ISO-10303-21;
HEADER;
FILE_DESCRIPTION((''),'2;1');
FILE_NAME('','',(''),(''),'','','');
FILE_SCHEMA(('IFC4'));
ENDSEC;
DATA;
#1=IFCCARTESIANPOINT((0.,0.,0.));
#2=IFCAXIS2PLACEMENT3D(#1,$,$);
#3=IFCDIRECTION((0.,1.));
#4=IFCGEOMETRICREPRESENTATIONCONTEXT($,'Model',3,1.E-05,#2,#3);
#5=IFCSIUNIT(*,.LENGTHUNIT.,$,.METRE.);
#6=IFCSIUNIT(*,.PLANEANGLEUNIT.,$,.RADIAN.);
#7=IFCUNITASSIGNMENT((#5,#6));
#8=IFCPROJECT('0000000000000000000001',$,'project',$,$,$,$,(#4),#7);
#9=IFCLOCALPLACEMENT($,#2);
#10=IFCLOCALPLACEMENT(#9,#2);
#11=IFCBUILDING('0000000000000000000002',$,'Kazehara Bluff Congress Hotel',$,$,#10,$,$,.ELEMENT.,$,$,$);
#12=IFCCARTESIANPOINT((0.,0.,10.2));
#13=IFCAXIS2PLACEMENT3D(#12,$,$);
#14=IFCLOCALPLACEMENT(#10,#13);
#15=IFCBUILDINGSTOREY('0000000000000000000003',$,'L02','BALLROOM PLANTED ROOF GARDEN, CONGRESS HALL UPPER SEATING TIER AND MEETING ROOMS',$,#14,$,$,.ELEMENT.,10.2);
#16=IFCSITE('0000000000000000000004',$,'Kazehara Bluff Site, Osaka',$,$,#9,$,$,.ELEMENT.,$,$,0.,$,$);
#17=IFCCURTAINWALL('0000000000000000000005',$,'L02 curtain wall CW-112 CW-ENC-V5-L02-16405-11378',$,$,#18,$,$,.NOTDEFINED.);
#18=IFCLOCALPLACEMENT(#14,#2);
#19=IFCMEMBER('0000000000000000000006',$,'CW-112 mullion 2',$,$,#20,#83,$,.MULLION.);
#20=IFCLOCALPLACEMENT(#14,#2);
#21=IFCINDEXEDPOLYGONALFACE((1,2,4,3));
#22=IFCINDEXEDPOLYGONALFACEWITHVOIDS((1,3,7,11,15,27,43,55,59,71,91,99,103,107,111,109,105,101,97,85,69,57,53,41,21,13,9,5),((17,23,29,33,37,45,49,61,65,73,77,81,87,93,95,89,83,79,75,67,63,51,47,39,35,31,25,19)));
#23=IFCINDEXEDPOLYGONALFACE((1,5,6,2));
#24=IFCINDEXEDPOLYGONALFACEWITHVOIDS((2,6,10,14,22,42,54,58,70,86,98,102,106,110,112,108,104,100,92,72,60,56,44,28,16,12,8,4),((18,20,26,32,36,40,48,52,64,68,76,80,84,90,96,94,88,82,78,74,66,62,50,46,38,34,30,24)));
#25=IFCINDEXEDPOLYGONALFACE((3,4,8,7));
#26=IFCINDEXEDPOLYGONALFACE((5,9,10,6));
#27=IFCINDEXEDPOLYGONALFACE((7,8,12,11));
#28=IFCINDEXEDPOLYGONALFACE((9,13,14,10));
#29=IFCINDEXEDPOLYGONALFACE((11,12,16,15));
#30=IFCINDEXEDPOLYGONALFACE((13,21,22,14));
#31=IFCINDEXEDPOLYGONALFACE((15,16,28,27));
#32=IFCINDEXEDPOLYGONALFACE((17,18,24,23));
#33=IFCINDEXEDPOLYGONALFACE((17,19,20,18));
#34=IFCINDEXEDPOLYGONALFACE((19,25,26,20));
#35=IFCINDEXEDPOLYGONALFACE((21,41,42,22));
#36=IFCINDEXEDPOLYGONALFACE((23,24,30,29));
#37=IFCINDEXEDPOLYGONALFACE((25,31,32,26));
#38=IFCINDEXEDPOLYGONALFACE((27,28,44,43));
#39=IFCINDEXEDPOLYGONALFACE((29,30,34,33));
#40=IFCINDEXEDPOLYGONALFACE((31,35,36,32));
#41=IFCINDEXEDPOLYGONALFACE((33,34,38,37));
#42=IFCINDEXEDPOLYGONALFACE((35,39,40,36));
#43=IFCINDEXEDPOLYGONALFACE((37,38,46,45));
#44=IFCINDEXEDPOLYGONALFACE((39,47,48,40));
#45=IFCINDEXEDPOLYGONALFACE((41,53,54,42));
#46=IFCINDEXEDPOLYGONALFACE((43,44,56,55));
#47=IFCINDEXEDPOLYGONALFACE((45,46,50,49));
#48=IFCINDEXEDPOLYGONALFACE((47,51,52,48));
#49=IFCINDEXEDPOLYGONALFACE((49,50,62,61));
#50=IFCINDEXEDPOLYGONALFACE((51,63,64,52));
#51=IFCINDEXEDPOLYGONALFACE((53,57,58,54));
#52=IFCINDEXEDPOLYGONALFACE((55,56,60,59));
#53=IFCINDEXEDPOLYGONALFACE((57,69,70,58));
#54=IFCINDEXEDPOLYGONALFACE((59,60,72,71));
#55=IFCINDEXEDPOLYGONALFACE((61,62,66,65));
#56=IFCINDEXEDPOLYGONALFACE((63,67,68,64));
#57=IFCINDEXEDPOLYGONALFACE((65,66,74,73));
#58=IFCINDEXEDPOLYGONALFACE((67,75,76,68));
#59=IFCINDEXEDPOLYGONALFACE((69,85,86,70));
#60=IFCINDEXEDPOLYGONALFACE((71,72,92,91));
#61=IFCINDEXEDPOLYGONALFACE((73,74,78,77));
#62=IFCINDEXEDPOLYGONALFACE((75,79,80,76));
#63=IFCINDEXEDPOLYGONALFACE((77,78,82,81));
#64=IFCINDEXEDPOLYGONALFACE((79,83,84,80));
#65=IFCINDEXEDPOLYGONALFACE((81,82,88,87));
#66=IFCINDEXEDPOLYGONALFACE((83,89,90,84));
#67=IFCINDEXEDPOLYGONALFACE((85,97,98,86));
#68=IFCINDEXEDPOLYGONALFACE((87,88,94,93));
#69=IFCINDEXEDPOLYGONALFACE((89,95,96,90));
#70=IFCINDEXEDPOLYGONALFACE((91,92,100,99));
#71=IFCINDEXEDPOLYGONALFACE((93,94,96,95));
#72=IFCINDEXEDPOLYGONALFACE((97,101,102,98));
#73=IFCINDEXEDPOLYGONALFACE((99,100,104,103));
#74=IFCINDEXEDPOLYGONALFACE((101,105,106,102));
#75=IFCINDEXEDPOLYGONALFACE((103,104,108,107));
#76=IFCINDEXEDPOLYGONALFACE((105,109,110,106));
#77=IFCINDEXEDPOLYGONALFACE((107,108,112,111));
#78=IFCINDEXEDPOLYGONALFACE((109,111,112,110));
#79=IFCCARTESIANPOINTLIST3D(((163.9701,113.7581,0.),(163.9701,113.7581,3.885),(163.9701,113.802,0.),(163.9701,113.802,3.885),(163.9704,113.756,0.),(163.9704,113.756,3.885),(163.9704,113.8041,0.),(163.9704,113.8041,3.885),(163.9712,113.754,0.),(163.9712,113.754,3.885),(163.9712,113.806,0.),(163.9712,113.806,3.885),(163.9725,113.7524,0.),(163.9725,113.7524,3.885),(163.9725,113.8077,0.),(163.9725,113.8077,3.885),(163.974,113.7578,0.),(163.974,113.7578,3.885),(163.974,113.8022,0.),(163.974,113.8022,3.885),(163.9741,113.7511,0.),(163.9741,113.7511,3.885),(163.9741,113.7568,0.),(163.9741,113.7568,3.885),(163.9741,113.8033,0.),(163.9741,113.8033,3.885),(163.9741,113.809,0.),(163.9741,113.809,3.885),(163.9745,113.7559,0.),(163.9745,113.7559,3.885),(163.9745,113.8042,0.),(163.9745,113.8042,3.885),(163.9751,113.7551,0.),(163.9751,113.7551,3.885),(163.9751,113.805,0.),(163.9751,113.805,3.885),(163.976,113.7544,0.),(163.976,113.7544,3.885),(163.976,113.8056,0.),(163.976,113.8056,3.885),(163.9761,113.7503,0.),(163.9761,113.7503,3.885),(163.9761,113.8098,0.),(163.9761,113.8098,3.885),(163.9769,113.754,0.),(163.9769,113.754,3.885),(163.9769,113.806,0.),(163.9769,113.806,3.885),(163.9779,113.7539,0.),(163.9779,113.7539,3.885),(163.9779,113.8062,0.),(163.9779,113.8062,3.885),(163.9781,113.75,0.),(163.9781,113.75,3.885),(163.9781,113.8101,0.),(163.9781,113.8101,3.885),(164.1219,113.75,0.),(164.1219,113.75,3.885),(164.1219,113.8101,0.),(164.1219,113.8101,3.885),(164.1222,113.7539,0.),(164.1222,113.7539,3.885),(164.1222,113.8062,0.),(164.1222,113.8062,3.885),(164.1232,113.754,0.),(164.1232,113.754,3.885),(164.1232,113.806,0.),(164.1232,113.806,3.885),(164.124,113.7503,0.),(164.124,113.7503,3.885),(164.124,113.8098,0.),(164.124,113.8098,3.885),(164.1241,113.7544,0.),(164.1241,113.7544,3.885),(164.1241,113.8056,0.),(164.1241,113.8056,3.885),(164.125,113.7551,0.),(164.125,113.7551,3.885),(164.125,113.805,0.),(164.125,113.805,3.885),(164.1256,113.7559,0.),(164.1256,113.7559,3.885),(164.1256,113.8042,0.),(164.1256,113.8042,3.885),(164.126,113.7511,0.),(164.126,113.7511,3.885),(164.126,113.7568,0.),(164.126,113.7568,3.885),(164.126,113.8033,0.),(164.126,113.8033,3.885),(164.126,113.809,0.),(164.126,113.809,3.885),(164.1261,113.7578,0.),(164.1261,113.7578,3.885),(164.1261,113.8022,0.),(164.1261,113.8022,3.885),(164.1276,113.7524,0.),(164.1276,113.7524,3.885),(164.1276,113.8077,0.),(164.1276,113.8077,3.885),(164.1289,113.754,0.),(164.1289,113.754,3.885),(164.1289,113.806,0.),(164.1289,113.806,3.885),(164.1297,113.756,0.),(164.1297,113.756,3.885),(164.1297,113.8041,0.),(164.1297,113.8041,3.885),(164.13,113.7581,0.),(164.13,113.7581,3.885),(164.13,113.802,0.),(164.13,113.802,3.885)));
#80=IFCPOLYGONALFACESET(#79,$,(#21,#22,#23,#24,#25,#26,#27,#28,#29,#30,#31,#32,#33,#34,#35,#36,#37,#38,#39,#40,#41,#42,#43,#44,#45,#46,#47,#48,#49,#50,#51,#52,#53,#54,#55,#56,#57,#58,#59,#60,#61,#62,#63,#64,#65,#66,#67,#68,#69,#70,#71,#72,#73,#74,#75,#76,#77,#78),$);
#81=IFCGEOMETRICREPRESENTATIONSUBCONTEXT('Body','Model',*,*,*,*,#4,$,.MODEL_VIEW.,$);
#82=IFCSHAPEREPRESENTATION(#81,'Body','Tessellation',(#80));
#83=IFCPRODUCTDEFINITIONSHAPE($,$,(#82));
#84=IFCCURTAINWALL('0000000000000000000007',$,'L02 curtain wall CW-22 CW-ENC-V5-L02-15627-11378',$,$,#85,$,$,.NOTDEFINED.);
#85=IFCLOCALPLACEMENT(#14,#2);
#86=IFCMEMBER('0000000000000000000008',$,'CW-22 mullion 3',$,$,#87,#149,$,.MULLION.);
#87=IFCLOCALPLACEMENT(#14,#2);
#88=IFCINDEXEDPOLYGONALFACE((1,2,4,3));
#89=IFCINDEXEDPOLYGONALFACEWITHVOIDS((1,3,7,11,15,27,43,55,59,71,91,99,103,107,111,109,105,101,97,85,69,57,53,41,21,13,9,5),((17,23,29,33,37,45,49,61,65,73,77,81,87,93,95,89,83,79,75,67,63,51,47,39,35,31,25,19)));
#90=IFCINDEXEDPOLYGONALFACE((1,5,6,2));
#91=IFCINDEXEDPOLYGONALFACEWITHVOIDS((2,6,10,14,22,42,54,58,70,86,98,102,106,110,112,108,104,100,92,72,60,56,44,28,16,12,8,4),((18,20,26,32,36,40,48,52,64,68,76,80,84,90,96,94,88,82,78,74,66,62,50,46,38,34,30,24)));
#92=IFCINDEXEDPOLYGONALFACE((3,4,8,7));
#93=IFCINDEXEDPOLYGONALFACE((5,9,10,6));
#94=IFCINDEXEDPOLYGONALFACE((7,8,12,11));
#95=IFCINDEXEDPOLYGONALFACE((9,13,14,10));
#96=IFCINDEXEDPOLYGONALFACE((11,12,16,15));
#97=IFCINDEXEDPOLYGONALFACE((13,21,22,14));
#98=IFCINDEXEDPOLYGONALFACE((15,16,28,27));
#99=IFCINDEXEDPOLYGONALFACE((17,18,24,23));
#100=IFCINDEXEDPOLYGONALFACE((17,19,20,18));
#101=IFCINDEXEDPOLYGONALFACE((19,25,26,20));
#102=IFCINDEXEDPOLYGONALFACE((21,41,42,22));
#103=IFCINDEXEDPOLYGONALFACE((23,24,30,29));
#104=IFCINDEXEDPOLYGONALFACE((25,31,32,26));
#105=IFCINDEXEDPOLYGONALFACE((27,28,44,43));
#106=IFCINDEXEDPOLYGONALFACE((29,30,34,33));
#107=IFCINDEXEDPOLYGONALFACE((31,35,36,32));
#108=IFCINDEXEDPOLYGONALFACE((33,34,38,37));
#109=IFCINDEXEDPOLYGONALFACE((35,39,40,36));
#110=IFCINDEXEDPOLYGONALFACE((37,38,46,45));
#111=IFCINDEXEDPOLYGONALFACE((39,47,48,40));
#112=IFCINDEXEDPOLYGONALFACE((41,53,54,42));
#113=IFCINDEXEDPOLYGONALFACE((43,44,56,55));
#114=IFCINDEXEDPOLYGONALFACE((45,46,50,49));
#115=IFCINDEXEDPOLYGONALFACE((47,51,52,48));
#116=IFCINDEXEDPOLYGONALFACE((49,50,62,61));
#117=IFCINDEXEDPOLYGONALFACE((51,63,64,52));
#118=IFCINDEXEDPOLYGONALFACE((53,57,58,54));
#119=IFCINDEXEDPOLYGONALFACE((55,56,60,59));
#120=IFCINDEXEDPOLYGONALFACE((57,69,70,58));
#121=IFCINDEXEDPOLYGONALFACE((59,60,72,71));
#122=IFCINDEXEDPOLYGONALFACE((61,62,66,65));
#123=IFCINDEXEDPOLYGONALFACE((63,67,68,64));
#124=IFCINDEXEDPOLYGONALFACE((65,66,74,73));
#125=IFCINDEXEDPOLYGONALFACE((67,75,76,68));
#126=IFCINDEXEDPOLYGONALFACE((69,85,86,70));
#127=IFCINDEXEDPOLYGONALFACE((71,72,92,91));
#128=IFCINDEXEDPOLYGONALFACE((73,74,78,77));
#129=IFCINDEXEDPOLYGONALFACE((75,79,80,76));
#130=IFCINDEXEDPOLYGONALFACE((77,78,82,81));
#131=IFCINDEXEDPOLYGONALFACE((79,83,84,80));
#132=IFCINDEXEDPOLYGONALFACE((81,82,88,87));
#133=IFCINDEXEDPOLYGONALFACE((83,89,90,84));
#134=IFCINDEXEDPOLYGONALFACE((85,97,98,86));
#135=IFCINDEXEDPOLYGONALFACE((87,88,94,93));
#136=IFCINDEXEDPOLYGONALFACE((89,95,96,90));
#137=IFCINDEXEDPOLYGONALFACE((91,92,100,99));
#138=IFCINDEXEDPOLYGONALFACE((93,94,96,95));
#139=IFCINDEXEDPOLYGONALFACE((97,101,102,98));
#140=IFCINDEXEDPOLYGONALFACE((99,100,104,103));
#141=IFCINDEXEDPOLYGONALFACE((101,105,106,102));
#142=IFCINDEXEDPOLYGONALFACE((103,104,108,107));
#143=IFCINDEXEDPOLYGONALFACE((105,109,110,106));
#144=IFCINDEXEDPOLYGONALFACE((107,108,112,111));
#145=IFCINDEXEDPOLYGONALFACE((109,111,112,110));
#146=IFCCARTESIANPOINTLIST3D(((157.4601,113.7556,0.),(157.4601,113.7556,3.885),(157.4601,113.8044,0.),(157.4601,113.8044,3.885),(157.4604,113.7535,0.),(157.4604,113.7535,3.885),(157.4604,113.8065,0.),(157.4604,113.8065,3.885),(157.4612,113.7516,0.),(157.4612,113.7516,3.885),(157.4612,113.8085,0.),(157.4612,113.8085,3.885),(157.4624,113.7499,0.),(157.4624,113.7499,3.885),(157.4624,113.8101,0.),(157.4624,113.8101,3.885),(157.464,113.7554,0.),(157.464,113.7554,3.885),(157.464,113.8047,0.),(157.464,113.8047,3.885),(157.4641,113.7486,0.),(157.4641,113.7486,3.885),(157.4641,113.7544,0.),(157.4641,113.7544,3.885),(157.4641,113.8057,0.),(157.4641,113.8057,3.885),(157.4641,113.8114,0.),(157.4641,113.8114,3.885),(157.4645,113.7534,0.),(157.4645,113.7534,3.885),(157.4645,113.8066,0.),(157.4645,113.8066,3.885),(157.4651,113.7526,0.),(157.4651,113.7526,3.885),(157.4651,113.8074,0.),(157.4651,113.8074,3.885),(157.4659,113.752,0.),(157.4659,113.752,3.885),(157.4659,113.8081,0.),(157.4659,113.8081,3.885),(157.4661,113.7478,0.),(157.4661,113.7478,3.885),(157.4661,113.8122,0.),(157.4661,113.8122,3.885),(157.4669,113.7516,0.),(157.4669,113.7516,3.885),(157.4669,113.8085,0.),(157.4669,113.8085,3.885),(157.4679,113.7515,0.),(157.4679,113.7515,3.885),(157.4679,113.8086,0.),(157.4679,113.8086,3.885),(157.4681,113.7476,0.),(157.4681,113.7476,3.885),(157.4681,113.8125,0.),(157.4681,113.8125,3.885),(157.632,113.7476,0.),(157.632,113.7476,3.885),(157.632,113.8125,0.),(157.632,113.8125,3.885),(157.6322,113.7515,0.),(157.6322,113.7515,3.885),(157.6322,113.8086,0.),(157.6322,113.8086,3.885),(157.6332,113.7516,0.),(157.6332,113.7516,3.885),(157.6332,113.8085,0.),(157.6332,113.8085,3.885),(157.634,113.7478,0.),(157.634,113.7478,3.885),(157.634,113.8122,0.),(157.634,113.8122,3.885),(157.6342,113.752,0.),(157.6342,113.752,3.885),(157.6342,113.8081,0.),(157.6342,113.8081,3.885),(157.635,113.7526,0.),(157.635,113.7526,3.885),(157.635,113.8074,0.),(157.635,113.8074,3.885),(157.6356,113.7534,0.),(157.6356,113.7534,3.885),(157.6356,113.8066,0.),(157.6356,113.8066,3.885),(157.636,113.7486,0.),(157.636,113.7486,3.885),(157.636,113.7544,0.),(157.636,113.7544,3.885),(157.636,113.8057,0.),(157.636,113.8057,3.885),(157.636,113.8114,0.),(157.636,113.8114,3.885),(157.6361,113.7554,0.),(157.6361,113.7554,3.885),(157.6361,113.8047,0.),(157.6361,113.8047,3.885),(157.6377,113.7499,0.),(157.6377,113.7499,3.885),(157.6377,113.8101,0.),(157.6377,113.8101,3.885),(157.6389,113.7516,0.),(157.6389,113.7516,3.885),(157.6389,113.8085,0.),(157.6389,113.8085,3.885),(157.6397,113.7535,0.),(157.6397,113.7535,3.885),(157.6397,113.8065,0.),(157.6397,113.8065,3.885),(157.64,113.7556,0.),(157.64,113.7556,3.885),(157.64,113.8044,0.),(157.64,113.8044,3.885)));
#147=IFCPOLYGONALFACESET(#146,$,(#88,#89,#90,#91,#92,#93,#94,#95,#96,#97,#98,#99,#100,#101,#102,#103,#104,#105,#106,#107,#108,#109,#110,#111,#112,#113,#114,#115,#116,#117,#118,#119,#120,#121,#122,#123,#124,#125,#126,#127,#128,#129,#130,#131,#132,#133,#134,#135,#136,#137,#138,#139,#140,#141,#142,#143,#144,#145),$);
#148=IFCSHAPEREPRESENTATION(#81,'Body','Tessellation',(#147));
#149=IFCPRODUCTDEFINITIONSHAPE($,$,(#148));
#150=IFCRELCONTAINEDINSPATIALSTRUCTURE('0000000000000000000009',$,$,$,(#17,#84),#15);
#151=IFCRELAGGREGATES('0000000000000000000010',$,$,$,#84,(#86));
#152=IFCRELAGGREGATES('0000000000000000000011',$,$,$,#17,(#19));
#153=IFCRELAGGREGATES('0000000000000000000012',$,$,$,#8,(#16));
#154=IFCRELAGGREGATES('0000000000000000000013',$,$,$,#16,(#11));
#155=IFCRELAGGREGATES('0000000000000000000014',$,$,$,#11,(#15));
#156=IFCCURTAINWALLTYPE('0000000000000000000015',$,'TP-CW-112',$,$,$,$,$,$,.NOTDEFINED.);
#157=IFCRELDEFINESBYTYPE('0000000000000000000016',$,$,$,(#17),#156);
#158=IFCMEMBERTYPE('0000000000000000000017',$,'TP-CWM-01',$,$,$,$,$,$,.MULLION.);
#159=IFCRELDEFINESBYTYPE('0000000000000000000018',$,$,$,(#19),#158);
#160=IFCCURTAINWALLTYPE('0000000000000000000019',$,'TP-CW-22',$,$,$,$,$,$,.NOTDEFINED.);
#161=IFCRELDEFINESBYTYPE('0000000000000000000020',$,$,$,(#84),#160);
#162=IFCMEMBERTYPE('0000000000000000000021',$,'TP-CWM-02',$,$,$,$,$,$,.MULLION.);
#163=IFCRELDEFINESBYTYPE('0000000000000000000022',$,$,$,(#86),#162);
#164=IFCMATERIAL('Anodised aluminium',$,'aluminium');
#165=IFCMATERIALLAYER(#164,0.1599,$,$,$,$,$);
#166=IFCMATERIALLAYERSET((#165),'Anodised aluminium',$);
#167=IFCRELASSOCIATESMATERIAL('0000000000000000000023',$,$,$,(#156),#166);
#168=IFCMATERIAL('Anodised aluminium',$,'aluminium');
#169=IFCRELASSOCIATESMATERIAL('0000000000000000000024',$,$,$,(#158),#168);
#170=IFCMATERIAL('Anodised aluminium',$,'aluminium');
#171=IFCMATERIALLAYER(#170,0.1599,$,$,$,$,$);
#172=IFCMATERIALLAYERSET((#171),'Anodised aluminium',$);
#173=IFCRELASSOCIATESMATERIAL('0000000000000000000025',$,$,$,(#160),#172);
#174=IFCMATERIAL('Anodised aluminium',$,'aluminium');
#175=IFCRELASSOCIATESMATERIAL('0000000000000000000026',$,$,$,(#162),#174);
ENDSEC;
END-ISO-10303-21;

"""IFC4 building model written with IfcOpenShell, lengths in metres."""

from ifc_helpers import new_model, si_unit, direction, frame, origin, origin_2d, place, context, subcontext, project, spatial, hollow_rectangle, extrude, material, layer, layer_set, material_profile, profile_set, type_object, element, aggregate, save


model = new_model("IFC4")

# Units and contexts
model_context = context("Model", 3, precision=1e-05, world=origin(), true_north=direction((0.0, 1.0)))
body_context = subcontext(model_context, "Body", "Model", "MODEL_VIEW")
ifc_project = project(units=[si_unit("LENGTHUNIT", "METRE"), si_unit("PLANEANGLEUNIT", "RADIAN")], contexts=[model_context])

# Site, building, storey
site_placement = place(None, origin())
site = spatial("IfcSite", under=ifc_project, at=site_placement, Name="Kazehara Bluff Site, Osaka", CompositionType="ELEMENT", RefElevation=0.0)
building_placement = place(site_placement, origin())
building = spatial("IfcBuilding", under=site, at=building_placement, Name="Kazehara Bluff Congress Hotel", CompositionType="ELEMENT")
storey_placement = place(building_placement, frame((0.0, 0.0, 10.2)))
storey = spatial("IfcBuildingStorey", under=building, at=storey_placement, Name="L02", Description="BALLROOM PLANTED ROOF GARDEN, CONGRESS HALL UPPER SEATING TIER AND MEETING ROOMS", CompositionType="ELEMENT", Elevation=10.2)

# Curtain walls, members
ifc_material_1 = material(Name="Anodised aluminium", Category="aluminium")
ifc_layer_1 = layer(ifc_material_1, 0.1599)
ifc_layer_set_1 = layer_set([ifc_layer_1], Name="Anodised aluminium")
curtain_wall_type_1 = type_object("IfcCurtainWallType", Name="TP-CW-112", PredefinedType="NOTDEFINED", material=ifc_layer_set_1)
curtain_wall_1_placement = place(storey_placement, origin())
curtain_wall_1 = element("IfcCurtainWall", 1, at=curtain_wall_1_placement, inside=storey, type_object=curtain_wall_type_1, Name="L02 curtain wall CW-112 CW-ENC-V5-L02-16405-11378", PredefinedType="NOTDEFINED")
ifc_material_2 = material(Name="Anodised aluminium", Category="aluminium")
ifc_material_profile_1 = material_profile(ifc_material_2, hollow_rectangle(XDim=0.0601, YDim=0.1599, WallThickness=0.0039, InnerFilletRadius=0.0039, OuterFilletRadius=0.0081, at=origin_2d()))
ifc_profile_set_1 = profile_set([ifc_material_profile_1], Name="Anodised aluminium")
member_type_1 = type_object("IfcMemberType", Name="TP-CWM-01", PredefinedType="MULLION", material=ifc_profile_set_1)
member_1_placement = place(storey_placement, frame((164.05, 113.78, 0.0), z_axis=(0.0, 0.0, 1.0), x_axis=(0.0, 1.0, 0.0)))
member_1 = element("IfcMember", 2, at=member_1_placement, type_object=member_type_1, Name="CW-112 mullion 2", PredefinedType="MULLION", context=body_context, shape_type="SweptSolid", body=[
    extrude(hollow_rectangle(XDim=0.0601, YDim=0.1599, WallThickness=0.0039, InnerFilletRadius=0.0039, OuterFilletRadius=0.0081, at=origin_2d()), origin(), (0.0, 0.0, 1.0), 3.885),
])
ifc_material_3 = material(Name="Anodised aluminium", Category="aluminium")
ifc_layer_2 = layer(ifc_material_3, 0.1599)
ifc_layer_set_2 = layer_set([ifc_layer_2], Name="Anodised aluminium")
curtain_wall_type_2 = type_object("IfcCurtainWallType", Name="TP-CW-22", PredefinedType="NOTDEFINED", material=ifc_layer_set_2)
curtain_wall_2_placement = place(storey_placement, origin())
curtain_wall_2 = element("IfcCurtainWall", 3, at=curtain_wall_2_placement, inside=storey, type_object=curtain_wall_type_2, Name="L02 curtain wall CW-22 CW-ENC-V5-L02-15627-11378", PredefinedType="NOTDEFINED")
ifc_material_4 = material(Name="Anodised aluminium", Category="aluminium")
ifc_material_profile_2 = material_profile(ifc_material_4, hollow_rectangle(XDim=0.0649, YDim=0.1799, WallThickness=0.0039, InnerFilletRadius=0.0039, OuterFilletRadius=0.0081, at=origin_2d()))
ifc_profile_set_2 = profile_set([ifc_material_profile_2], Name="Anodised aluminium")
member_type_2 = type_object("IfcMemberType", Name="TP-CWM-02", PredefinedType="MULLION", material=ifc_profile_set_2)
member_2_placement = place(storey_placement, frame((157.55, 113.78, 0.0), z_axis=(0.0, 0.0, 1.0), x_axis=(0.0, 1.0, 0.0)))
member_2 = element("IfcMember", 4, at=member_2_placement, type_object=member_type_2, Name="CW-22 mullion 3", PredefinedType="MULLION", context=body_context, shape_type="SweptSolid", body=[
    extrude(hollow_rectangle(XDim=0.0649, YDim=0.1799, WallThickness=0.0039, InnerFilletRadius=0.0039, OuterFilletRadius=0.0081, at=origin_2d()), origin(), (0.0, 0.0, 1.0), 3.885),
])

aggregate(curtain_wall_2, [member_2])
aggregate(curtain_wall_1, [member_1])

save(model, "model.ifc")
